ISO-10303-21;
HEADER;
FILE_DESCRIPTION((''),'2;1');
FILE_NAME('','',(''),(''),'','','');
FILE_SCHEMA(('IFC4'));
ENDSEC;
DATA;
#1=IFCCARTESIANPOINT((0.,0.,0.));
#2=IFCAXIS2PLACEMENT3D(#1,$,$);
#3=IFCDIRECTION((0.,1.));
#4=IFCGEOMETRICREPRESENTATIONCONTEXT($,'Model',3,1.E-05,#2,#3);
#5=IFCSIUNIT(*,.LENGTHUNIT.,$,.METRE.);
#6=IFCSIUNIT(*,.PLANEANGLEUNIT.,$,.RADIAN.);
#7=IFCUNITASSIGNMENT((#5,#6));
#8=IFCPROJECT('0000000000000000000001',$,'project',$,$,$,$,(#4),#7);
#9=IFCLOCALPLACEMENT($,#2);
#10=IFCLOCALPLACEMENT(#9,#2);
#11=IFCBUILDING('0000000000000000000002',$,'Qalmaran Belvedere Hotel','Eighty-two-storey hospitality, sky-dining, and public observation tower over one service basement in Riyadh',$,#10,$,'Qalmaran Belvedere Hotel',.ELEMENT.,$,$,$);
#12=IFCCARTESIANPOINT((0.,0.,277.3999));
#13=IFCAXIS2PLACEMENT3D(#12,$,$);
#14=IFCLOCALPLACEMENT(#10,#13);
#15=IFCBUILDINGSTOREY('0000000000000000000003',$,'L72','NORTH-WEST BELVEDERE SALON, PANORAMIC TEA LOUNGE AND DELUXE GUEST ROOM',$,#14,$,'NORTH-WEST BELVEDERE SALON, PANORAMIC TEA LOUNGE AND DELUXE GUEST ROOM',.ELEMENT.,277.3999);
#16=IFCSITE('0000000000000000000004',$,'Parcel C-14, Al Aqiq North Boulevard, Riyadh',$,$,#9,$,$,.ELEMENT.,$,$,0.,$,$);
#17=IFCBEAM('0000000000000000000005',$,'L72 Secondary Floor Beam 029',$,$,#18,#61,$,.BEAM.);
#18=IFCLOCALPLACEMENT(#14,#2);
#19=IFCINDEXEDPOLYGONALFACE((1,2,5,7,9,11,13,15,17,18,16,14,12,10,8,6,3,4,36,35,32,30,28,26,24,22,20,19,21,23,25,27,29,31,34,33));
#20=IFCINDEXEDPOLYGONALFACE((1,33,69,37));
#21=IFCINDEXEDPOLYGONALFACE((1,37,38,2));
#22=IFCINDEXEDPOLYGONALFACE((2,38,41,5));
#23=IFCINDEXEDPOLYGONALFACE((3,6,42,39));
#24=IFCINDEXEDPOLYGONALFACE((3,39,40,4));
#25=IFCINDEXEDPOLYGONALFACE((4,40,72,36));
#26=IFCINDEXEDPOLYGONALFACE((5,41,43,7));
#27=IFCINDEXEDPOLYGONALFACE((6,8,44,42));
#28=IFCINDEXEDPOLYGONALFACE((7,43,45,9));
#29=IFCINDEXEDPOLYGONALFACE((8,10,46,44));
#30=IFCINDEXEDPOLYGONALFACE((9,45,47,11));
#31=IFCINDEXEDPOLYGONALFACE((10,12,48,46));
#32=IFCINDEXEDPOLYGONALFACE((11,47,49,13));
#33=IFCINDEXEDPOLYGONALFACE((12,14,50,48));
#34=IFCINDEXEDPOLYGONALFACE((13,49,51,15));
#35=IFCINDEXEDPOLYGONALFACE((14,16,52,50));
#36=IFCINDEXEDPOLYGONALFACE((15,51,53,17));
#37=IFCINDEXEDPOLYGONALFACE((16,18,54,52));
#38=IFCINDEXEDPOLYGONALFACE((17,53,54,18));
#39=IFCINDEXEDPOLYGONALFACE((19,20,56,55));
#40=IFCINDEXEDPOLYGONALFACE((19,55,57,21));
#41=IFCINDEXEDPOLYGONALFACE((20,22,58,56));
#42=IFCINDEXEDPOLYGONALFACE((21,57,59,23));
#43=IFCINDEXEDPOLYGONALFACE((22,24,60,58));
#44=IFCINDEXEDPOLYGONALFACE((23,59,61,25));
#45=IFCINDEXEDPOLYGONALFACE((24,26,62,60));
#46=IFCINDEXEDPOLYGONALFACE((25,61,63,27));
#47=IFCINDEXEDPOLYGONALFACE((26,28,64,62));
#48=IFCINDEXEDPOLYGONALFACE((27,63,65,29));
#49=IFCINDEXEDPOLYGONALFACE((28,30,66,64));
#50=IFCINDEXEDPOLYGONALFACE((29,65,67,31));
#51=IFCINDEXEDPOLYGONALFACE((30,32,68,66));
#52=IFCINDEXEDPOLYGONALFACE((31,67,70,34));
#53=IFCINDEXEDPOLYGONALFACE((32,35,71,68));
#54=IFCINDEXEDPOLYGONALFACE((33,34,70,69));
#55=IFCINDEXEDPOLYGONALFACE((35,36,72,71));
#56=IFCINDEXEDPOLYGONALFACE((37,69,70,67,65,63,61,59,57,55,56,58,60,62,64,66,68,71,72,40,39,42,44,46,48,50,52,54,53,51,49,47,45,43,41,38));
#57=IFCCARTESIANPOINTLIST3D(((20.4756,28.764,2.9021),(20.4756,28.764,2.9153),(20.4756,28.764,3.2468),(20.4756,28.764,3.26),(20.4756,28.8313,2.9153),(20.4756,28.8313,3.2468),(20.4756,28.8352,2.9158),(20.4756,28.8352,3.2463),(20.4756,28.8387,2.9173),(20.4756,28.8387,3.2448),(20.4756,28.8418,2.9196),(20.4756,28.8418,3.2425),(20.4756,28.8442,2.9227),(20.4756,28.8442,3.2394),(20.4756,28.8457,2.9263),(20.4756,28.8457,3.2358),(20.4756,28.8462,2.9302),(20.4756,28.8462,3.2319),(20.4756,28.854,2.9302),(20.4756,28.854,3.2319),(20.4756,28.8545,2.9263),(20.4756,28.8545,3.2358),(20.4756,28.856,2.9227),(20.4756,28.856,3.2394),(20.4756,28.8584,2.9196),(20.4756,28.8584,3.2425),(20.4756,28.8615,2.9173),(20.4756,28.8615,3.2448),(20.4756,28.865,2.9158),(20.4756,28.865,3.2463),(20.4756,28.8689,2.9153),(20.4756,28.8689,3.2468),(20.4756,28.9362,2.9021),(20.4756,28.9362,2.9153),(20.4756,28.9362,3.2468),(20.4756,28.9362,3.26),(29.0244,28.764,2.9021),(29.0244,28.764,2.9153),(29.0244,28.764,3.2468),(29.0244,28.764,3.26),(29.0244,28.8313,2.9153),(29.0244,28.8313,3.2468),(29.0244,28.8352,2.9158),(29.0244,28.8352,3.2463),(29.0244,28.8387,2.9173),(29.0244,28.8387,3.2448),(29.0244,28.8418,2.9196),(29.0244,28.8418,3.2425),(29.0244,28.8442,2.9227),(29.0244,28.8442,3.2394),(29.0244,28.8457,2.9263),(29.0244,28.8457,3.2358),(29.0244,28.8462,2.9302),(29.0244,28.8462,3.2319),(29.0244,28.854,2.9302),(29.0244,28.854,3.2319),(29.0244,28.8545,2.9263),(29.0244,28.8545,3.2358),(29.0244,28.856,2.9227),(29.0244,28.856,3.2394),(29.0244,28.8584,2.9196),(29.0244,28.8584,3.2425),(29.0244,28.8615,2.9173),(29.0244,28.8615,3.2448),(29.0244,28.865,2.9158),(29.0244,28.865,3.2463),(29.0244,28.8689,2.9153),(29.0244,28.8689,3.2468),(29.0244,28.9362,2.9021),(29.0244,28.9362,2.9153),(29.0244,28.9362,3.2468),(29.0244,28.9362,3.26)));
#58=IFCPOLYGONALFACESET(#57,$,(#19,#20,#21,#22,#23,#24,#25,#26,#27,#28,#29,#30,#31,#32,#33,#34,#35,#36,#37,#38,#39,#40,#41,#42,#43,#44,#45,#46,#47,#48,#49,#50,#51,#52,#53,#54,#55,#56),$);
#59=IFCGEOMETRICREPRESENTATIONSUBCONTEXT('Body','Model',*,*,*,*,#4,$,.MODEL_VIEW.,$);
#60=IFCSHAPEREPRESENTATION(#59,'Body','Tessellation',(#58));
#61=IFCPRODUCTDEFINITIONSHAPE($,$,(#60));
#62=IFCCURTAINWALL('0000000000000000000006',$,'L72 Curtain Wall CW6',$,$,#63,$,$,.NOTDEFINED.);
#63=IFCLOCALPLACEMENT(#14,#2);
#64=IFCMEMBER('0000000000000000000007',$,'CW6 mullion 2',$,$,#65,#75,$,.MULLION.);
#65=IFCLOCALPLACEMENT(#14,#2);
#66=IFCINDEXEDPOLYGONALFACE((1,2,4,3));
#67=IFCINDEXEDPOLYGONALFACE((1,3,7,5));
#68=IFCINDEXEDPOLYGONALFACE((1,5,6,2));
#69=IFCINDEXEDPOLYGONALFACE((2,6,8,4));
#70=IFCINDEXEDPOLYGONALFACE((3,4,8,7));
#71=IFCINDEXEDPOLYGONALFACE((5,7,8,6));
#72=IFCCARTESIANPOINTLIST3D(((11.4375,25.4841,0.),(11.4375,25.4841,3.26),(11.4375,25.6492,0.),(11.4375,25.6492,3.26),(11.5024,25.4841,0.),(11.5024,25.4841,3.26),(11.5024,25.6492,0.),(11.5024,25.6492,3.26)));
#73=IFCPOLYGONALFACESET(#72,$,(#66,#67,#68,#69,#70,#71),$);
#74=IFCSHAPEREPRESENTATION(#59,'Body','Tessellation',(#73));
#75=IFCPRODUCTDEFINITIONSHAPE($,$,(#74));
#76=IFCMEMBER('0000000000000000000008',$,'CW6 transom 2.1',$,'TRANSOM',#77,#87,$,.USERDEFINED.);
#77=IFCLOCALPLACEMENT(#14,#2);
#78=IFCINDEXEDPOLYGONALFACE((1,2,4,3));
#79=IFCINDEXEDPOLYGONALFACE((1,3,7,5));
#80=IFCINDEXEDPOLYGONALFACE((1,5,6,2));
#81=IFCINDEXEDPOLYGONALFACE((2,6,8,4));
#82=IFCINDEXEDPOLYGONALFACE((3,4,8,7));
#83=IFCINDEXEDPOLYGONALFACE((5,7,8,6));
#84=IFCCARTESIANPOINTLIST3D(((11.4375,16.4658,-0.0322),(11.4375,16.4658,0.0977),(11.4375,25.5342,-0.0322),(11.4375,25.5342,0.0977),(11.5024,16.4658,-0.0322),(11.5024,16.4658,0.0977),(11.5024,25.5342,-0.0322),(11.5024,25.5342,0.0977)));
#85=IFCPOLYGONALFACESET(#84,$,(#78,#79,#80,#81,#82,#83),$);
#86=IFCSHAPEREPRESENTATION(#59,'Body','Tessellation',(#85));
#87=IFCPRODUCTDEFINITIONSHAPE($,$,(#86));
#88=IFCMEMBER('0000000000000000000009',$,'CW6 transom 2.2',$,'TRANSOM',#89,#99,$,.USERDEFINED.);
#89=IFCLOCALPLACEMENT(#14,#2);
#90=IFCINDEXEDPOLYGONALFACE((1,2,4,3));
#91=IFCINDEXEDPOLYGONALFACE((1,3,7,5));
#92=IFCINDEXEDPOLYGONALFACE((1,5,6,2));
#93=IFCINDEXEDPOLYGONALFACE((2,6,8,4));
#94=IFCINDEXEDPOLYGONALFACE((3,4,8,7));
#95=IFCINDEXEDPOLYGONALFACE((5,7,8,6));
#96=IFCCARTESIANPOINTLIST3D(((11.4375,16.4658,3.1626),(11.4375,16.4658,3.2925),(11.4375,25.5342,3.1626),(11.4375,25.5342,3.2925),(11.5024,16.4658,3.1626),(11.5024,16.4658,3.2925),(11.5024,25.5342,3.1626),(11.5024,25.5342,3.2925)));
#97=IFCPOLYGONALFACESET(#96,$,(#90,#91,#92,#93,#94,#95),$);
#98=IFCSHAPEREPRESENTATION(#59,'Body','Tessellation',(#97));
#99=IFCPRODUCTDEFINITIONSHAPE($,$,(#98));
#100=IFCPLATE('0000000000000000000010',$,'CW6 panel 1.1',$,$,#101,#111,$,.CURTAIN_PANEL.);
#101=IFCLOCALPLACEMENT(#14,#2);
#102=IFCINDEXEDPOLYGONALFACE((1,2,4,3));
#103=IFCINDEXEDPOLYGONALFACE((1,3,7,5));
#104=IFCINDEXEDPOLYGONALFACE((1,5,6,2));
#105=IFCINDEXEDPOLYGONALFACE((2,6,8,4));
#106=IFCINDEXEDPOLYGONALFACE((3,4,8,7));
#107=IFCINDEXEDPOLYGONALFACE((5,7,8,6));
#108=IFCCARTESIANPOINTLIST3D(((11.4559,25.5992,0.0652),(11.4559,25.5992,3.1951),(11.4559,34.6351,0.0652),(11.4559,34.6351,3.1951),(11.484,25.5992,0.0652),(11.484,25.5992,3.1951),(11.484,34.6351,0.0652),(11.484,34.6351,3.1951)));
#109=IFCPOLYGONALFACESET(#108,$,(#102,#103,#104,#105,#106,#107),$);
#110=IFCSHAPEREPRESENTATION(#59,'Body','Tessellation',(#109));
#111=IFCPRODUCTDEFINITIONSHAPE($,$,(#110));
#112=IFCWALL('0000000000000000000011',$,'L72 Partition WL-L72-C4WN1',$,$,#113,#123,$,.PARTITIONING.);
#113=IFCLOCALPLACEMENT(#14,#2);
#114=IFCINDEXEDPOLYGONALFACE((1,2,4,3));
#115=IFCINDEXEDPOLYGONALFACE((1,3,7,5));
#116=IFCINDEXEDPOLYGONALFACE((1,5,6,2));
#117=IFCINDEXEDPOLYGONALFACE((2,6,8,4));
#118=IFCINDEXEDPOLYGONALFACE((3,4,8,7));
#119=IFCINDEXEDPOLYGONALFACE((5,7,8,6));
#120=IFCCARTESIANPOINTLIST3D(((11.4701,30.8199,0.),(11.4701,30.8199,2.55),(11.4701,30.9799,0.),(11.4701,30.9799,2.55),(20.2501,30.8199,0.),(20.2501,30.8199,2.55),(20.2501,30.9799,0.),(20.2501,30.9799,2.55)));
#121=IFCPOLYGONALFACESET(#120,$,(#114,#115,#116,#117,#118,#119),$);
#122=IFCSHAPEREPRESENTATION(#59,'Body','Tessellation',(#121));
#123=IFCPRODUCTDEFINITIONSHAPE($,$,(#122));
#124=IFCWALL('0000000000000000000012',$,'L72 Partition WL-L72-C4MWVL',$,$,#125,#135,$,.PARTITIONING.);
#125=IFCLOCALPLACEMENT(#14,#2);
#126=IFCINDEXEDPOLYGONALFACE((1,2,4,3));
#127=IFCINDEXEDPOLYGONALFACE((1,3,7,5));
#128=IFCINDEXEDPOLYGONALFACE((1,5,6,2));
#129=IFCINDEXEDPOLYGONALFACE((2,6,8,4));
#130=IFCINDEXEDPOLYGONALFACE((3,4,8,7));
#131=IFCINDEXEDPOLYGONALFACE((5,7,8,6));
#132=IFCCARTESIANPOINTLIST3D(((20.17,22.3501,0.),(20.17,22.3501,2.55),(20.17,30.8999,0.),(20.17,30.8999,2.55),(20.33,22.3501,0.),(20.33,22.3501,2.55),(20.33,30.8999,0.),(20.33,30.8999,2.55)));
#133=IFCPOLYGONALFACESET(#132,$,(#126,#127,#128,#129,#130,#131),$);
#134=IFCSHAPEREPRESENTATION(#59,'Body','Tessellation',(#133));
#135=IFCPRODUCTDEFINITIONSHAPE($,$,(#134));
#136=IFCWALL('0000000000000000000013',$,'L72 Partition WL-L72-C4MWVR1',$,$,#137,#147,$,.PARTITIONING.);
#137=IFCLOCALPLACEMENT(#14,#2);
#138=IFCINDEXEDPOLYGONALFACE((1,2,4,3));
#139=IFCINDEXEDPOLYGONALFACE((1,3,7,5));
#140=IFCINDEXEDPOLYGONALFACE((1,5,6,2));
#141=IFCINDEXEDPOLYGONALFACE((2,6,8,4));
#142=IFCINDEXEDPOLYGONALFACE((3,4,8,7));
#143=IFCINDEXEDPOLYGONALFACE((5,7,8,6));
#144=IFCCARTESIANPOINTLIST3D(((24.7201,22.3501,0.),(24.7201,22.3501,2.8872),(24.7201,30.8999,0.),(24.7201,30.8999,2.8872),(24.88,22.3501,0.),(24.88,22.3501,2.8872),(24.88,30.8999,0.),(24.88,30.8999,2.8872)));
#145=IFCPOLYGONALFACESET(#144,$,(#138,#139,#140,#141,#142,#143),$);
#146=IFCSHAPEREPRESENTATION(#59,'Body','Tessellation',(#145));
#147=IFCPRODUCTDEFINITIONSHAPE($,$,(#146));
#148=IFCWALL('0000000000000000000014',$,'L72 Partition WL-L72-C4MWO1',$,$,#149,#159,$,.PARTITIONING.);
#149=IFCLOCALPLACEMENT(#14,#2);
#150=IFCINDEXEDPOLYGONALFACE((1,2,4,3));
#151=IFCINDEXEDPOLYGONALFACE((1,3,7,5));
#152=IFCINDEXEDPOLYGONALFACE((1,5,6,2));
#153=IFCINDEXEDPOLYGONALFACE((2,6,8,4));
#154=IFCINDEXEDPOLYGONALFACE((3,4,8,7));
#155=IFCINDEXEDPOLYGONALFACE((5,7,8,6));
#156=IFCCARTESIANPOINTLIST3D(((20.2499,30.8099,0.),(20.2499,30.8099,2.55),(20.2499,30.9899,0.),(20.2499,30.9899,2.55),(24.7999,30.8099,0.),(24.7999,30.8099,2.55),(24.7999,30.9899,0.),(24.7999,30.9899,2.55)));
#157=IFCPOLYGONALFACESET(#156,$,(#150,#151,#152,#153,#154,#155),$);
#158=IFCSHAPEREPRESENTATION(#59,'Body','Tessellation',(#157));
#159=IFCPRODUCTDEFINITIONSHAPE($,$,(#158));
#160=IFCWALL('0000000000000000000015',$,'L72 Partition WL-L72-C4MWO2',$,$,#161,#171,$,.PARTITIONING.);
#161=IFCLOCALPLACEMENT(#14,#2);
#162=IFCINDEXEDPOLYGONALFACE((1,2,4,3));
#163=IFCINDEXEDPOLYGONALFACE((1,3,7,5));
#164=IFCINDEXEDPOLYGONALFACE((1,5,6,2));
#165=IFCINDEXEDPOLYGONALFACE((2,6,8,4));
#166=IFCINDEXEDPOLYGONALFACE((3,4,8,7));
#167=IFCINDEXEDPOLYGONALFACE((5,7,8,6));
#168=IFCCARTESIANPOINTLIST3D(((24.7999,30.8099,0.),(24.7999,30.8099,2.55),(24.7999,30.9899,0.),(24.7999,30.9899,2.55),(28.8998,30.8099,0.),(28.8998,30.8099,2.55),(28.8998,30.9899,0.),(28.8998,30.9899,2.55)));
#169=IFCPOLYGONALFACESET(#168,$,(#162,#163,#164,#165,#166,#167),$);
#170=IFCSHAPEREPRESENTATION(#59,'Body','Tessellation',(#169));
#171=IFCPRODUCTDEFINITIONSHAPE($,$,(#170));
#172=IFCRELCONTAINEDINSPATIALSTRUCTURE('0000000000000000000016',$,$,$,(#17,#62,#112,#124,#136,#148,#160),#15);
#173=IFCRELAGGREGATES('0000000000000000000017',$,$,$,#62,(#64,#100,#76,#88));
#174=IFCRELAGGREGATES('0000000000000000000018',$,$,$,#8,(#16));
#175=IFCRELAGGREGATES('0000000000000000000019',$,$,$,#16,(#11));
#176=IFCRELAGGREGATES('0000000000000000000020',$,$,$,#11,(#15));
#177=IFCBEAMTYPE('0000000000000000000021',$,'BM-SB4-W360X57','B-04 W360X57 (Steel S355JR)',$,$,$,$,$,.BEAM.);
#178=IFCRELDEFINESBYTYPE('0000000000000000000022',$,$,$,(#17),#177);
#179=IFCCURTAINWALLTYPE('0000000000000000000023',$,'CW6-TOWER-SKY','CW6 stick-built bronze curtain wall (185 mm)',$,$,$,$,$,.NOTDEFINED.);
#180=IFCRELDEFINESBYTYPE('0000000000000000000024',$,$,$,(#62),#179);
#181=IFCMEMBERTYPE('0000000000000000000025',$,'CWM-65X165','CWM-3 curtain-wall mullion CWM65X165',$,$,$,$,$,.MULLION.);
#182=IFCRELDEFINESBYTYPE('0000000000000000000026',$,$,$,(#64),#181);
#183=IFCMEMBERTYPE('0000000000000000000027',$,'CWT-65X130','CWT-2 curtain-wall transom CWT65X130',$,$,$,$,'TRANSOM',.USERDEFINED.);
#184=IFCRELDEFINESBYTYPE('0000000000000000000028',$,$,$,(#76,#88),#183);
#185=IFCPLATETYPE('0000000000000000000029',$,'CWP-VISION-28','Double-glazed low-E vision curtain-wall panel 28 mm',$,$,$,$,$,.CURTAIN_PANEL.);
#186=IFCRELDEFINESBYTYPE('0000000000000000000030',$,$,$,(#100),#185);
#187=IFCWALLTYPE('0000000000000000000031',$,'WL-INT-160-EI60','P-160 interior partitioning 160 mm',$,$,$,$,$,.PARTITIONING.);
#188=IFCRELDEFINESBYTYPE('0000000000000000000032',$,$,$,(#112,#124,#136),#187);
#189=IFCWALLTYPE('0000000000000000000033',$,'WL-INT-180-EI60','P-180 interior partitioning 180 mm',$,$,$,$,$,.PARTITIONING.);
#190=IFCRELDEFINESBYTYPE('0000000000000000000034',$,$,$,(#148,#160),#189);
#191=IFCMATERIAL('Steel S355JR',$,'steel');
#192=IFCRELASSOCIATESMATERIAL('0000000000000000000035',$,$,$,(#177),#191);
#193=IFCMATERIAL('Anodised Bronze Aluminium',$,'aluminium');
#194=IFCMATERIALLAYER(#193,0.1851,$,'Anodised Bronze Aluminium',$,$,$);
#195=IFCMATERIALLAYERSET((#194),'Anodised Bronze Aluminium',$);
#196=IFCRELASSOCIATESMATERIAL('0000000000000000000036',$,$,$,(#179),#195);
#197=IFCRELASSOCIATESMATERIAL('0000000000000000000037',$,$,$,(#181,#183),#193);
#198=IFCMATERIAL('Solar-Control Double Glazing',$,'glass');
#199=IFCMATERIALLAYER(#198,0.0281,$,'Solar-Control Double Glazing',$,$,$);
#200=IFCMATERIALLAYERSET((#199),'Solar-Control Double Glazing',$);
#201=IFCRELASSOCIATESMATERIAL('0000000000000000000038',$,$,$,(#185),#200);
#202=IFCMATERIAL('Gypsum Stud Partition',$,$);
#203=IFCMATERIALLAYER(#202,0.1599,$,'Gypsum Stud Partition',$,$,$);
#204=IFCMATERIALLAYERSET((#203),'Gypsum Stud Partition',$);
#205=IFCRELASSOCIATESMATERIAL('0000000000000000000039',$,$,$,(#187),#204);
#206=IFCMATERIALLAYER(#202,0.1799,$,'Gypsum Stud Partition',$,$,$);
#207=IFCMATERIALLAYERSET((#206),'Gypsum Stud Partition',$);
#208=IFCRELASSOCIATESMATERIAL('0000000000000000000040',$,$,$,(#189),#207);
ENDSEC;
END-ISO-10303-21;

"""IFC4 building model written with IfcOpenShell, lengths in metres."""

from ifc_helpers import new_model, si_unit, direction, frame, frame_2d, origin, origin_2d, place, context, subcontext, project, spatial, rectangle, i_section, extrude, material, layer, layer_set, material_profile, profile_set, type_object, element, aggregate, save


model = new_model("IFC4")

# Units and contexts
model_context = context("Model", 3, precision=1e-05, world=origin(), true_north=direction((0.0, 1.0)))
body_context = subcontext(model_context, "Body", "Model", "MODEL_VIEW")
ifc_project = project(units=[si_unit("LENGTHUNIT", "METRE"), si_unit("PLANEANGLEUNIT", "RADIAN")], contexts=[model_context])

# Site, building, storey
site_placement = place(None, origin())
site = spatial("IfcSite", under=ifc_project, at=site_placement, Name="Parcel C-14, Al Aqiq North Boulevard, Riyadh", CompositionType="ELEMENT", RefElevation=0.0)
building_placement = place(site_placement, origin())
building = spatial("IfcBuilding", under=site, at=building_placement, Name="Qalmaran Belvedere Hotel", Description="Eighty-two-storey hospitality, sky-dining, and public observation tower over one service basement in Riyadh", LongName="Qalmaran Belvedere Hotel", CompositionType="ELEMENT")
storey_placement = place(building_placement, frame((0.0, 0.0, 277.3999)))
storey = spatial("IfcBuildingStorey", under=building, at=storey_placement, Name="L72", Description="NORTH-WEST BELVEDERE SALON, PANORAMIC TEA LOUNGE AND DELUXE GUEST ROOM", LongName="NORTH-WEST BELVEDERE SALON, PANORAMIC TEA LOUNGE AND DELUXE GUEST ROOM", CompositionType="ELEMENT", Elevation=277.3999)

# Beam
ifc_material_1 = material(Name="Steel S355JR", Category="steel")
ifc_material_profile_1 = material_profile(ifc_material_1, i_section(OverallWidth=0.1721, OverallDepth=0.3579, WebThickness=0.0078, FlangeThickness=0.0132, FilletRadius=0.0149, at=origin_2d()), Name="W360X57")
ifc_profile_set_1 = profile_set([ifc_material_profile_1], Name="Steel S355JR")
beam_type = type_object("IfcBeamType", Name="BM-SB4-W360X57", Description="B-04 W360X57 (Steel S355JR)", PredefinedType="BEAM", material=ifc_profile_set_1)
beam_1_placement = place(storey_placement, frame((20.4756, 28.8501, 3.0811), z_axis=(1.0, 0.0, 0.0), x_axis=(0.0, 1.0, 0.0)))
element("IfcBeam", 1, at=beam_1_placement, inside=storey, type_object=beam_type, Name="L72 Secondary Floor Beam 029", PredefinedType="BEAM", context=body_context, shape_type="SweptSolid", body=[
    extrude(i_section(OverallWidth=0.1721, OverallDepth=0.3579, WebThickness=0.0078, FlangeThickness=0.0132, FilletRadius=0.0149, at=origin_2d()), origin(), (0.0, 0.0, 1.0), 8.5488),
])

# Curtain wall, members, plate
ifc_material_2 = material(Name="Anodised Bronze Aluminium", Category="aluminium")
ifc_layer_1 = layer(ifc_material_2, 0.1851, Name="Anodised Bronze Aluminium")
ifc_layer_set_1 = layer_set([ifc_layer_1], Name="Anodised Bronze Aluminium")
curtain_wall_type = type_object("IfcCurtainWallType", Name="CW6-TOWER-SKY", Description="CW6 stick-built bronze curtain wall (185 mm)", PredefinedType="NOTDEFINED", material=ifc_layer_set_1)
curtain_wall_placement = place(storey_placement, origin())
curtain_wall = element("IfcCurtainWall", 2, at=curtain_wall_placement, inside=storey, type_object=curtain_wall_type, Name="L72 Curtain Wall CW6", PredefinedType="NOTDEFINED")
ifc_material_profile_2 = material_profile(ifc_material_2, rectangle(XDim=0.0649, YDim=0.165, at=origin_2d()), Name="CWM65X165")
ifc_profile_set_2 = profile_set([ifc_material_profile_2], Name="Anodised Bronze Aluminium")
member_type_1 = type_object("IfcMemberType", Name="CWM-65X165", Description="CWM-3 curtain-wall mullion CWM65X165", PredefinedType="MULLION", material=ifc_profile_set_2)
member_1_placement = place(storey_placement, frame((11.47, 25.5667, 0.0), z_axis=(0.0, 0.0, 1.0), x_axis=(1.0, 0.0, 0.0)))
member_1 = element("IfcMember", 3, at=member_1_placement, type_object=member_type_1, Name="CW6 mullion 2", PredefinedType="MULLION", context=body_context, shape_type="SweptSolid", body=[
    extrude(rectangle(XDim=0.0649, YDim=0.165, at=origin_2d()), origin(), (0.0, 0.0, 1.0), 3.26),
])
ifc_material_profile_3 = material_profile(ifc_material_2, rectangle(XDim=0.0649, YDim=0.1299, at=origin_2d()), Name="CWT65X130")
ifc_profile_set_3 = profile_set([ifc_material_profile_3], Name="Anodised Bronze Aluminium")
member_type_2 = type_object("IfcMemberType", Name="CWT-65X130", Description="CWT-2 curtain-wall transom CWT65X130", ElementType="TRANSOM", PredefinedType="USERDEFINED", material=ifc_profile_set_3)
member_2_placement = place(storey_placement, frame((11.47, 25.5342, 0.0327), z_axis=(0.0, -1.0, 0.0), x_axis=(1.0, 0.0, 0.0)))
member_2 = element("IfcMember", 4, at=member_2_placement, type_object=member_type_2, Name="CW6 transom 2.1", ObjectType="TRANSOM", PredefinedType="USERDEFINED", context=body_context, shape_type="SweptSolid", body=[
    extrude(rectangle(XDim=0.0649, YDim=0.1299, at=origin_2d()), origin(), (0.0, 0.0, 1.0), 9.0684),
])
member_3_placement = place(storey_placement, frame((11.47, 25.5342, 3.2275), z_axis=(0.0, -1.0, 0.0), x_axis=(1.0, 0.0, 0.0)))
member_3 = element("IfcMember", 5, at=member_3_placement, type_object=member_type_2, Name="CW6 transom 2.2", ObjectType="TRANSOM", PredefinedType="USERDEFINED", context=body_context, shape_type="SweptSolid", body=[
    extrude(rectangle(XDim=0.0649, YDim=0.1299, at=origin_2d()), origin(), (0.0, 0.0, 1.0), 9.0684),
])
ifc_material_3 = material(Name="Solar-Control Double Glazing", Category="glass")
ifc_layer_2 = layer(ifc_material_3, 0.0281, Name="Solar-Control Double Glazing")
ifc_layer_set_2 = layer_set([ifc_layer_2], Name="Solar-Control Double Glazing")
plate_type = type_object("IfcPlateType", Name="CWP-VISION-28", Description="Double-glazed low-E vision curtain-wall panel 28 mm", PredefinedType="CURTAIN_PANEL", material=ifc_layer_set_2)
plate_placement = place(storey_placement, frame((11.47, 30.1172, 0.0652), z_axis=(0.0, 0.0, 1.0), x_axis=(0.0, -1.0, 0.0)))
plate = element("IfcPlate", 6, at=plate_placement, type_object=plate_type, Name="CW6 panel 1.1", PredefinedType="CURTAIN_PANEL", context=body_context, shape_type="SweptSolid", body=[
    extrude(rectangle(XDim=9.0359, YDim=0.0281, at=origin_2d()), origin(), (0.0, 0.0, 1.0), 3.1299),
])
aggregate(curtain_wall, [member_1, plate, member_2, member_3])

# Walls
ifc_material_4 = material(Name="Gypsum Stud Partition")
ifc_layer_3 = layer(ifc_material_4, 0.1599, Name="Gypsum Stud Partition")
ifc_layer_set_3 = layer_set([ifc_layer_3], Name="Gypsum Stud Partition")
wall_type_1 = type_object("IfcWallType", Name="WL-INT-160-EI60", Description="P-160 interior partitioning 160 mm", PredefinedType="PARTITIONING", material=ifc_layer_set_3)
wall_1_placement = place(storey_placement, frame((11.47, 30.8999, 0.0), z_axis=(0.0, 0.0, 1.0), x_axis=(1.0, 0.0, 0.0)))
element("IfcWall", 7, at=wall_1_placement, inside=storey, type_object=wall_type_1, Name="L72 Partition WL-L72-C4WN1", PredefinedType="PARTITIONING", context=body_context, shape_type="SweptSolid", body=[
    extrude(rectangle(XDim=8.78, YDim=0.1599, at=frame_2d((4.3901, 0.0))), origin(), (0.0, 0.0, 1.0), 2.55),
])
wall_2_placement = place(storey_placement, frame((20.25, 22.3501, 0.0), z_axis=(0.0, 0.0, 1.0), x_axis=(0.0, 1.0, 0.0)))
element("IfcWall", 8, at=wall_2_placement, inside=storey, type_object=wall_type_1, Name="L72 Partition WL-L72-C4MWVL", PredefinedType="PARTITIONING", context=body_context, shape_type="SweptSolid", body=[
    extrude(rectangle(XDim=8.5498, YDim=0.1599, at=frame_2d((4.2749, 0.0))), origin(), (0.0, 0.0, 1.0), 2.55),
])
wall_3_placement = place(storey_placement, frame((24.8, 22.3501, 0.0), z_axis=(0.0, 0.0, 1.0), x_axis=(0.0, 1.0, 0.0)))
element("IfcWall", 9, at=wall_3_placement, inside=storey, type_object=wall_type_1, Name="L72 Partition WL-L72-C4MWVR1", PredefinedType="PARTITIONING", context=body_context, shape_type="SweptSolid", body=[
    extrude(rectangle(XDim=8.5498, YDim=0.1599, at=frame_2d((4.2749, 0.0))), origin(), (0.0, 0.0, 1.0), 2.8872),
])
ifc_layer_4 = layer(ifc_material_4, 0.1799, Name="Gypsum Stud Partition")
ifc_layer_set_4 = layer_set([ifc_layer_4], Name="Gypsum Stud Partition")
wall_type_2 = type_object("IfcWallType", Name="WL-INT-180-EI60", Description="P-180 interior partitioning 180 mm", PredefinedType="PARTITIONING", material=ifc_layer_set_4)
wall_4_placement = place(storey_placement, frame((20.25, 30.8999, 0.0), z_axis=(0.0, 0.0, 1.0), x_axis=(1.0, 0.0, 0.0)))
element("IfcWall", 10, at=wall_4_placement, inside=storey, type_object=wall_type_2, Name="L72 Partition WL-L72-C4MWO1", PredefinedType="PARTITIONING", context=body_context, shape_type="SweptSolid", body=[
    extrude(rectangle(XDim=4.55, YDim=0.1799, at=frame_2d((2.2749, 0.0))), origin(), (0.0, 0.0, 1.0), 2.55),
])

# Wall
wall_5_placement = place(storey_placement, frame((24.8, 30.8999, 0.0), z_axis=(0.0, 0.0, 1.0), x_axis=(1.0, 0.0, 0.0)))
element("IfcWall", 11, at=wall_5_placement, inside=storey, type_object=wall_type_2, Name="L72 Partition WL-L72-C4MWO2", PredefinedType="PARTITIONING", context=body_context, shape_type="SweptSolid", body=[
    extrude(rectangle(XDim=4.0999, YDim=0.1799, at=frame_2d((2.0498, 0.0))), origin(), (0.0, 0.0, 1.0), 2.55),
])

save(model, "model.ifc")
